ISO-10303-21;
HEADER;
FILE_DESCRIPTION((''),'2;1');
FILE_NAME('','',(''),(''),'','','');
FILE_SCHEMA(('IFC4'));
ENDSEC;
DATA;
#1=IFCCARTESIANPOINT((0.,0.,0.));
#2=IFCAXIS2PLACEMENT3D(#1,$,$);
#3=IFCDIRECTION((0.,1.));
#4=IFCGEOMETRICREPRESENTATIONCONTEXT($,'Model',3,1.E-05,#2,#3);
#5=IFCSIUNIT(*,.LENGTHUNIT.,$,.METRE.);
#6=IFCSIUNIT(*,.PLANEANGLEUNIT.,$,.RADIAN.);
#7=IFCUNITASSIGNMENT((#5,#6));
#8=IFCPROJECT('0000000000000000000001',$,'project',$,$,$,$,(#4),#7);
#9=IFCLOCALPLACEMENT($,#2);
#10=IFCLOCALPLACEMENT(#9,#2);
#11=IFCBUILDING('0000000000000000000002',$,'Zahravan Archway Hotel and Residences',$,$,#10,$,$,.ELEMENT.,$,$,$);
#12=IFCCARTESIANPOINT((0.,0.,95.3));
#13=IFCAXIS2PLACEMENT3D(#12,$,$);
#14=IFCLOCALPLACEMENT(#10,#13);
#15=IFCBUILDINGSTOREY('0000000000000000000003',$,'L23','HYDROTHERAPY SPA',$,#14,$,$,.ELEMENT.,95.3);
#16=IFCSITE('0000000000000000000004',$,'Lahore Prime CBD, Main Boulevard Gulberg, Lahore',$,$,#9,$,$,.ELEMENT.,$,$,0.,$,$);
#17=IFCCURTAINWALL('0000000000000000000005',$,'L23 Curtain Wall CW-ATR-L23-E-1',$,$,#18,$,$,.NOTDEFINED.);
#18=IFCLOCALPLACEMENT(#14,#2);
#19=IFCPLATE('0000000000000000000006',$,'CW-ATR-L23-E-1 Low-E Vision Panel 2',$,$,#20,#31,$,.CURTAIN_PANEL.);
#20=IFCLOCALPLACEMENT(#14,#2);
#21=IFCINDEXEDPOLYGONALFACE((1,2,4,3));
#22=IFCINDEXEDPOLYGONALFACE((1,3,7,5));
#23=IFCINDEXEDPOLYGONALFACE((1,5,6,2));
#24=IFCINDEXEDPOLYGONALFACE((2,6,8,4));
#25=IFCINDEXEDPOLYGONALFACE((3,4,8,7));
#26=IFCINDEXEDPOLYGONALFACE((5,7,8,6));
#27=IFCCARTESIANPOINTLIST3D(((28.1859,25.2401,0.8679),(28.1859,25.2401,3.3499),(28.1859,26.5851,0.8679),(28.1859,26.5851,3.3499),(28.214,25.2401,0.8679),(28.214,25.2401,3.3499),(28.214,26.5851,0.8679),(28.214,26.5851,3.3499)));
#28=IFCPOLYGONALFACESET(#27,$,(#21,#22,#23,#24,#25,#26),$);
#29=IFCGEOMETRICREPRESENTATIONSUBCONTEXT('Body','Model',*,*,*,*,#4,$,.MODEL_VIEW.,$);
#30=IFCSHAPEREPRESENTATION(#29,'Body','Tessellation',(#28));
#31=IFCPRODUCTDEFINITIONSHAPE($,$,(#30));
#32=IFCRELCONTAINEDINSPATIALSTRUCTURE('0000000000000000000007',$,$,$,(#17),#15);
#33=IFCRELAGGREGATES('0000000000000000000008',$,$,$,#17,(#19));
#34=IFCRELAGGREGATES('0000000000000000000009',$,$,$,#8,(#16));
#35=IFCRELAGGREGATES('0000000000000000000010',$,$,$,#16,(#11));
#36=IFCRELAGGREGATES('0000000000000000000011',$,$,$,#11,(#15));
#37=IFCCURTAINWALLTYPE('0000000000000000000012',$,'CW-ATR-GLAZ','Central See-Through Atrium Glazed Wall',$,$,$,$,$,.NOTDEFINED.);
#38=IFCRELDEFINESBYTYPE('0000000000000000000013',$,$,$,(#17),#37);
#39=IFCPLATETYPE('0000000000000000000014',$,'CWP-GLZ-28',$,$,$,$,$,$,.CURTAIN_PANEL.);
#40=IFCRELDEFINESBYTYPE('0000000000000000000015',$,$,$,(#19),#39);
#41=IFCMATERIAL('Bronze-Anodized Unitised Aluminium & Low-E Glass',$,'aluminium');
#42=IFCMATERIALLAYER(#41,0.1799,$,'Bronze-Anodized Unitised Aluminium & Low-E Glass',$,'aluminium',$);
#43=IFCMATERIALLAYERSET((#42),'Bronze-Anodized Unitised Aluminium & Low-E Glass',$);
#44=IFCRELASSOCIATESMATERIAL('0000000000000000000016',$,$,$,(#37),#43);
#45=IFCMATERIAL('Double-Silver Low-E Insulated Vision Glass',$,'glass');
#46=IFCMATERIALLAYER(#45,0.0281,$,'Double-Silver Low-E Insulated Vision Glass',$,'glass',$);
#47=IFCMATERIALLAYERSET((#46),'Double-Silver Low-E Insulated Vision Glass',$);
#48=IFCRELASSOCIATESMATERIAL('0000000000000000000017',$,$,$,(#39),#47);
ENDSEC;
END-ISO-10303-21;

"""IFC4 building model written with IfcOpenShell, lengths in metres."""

from ifc_helpers import new_model, si_unit, direction, frame, origin, origin_2d, place, context, subcontext, project, spatial, rectangle, extrude, source, transform, mapped, material, layer, layer_set, type_object, element, aggregate, save


model = new_model("IFC4")

# Units and contexts
model_context = context("Model", 3, precision=1e-05, world=origin(), true_north=direction((0.0, 1.0)))
body_context = subcontext(model_context, "Body", "Model", "MODEL_VIEW")
ifc_project = project(units=[si_unit("LENGTHUNIT", "METRE"), si_unit("PLANEANGLEUNIT", "RADIAN")], contexts=[model_context])

# Site, building, storey
site_placement = place(None, origin())
site = spatial("IfcSite", under=ifc_project, at=site_placement, Name="Lahore Prime CBD, Main Boulevard Gulberg, Lahore", CompositionType="ELEMENT", RefElevation=0.0)
building_placement = place(site_placement, origin())
building = spatial("IfcBuilding", under=site, at=building_placement, Name="Zahravan Archway Hotel and Residences", CompositionType="ELEMENT")
storey_placement = place(building_placement, frame((0.0, 0.0, 95.3)))
storey = spatial("IfcBuildingStorey", under=building, at=storey_placement, Name="L23", Description="HYDROTHERAPY SPA", CompositionType="ELEMENT", Elevation=95.3)

# Shared definitions
ifc_material_1 = material(Name="Bronze-Anodized Unitised Aluminium & Low-E Glass", Category="aluminium")
ifc_layer_1 = layer(ifc_material_1, 0.1799, Name="Bronze-Anodized Unitised Aluminium & Low-E Glass", Category="aluminium")
ifc_layer_set_1 = layer_set([ifc_layer_1], Name="Bronze-Anodized Unitised Aluminium & Low-E Glass")
curtain_wall_type = type_object("IfcCurtainWallType", Name="CW-ATR-GLAZ", Description="Central See-Through Atrium Glazed Wall", PredefinedType="NOTDEFINED", material=ifc_layer_set_1)

# Curtain wall
curtain_wall_1_placement = place(storey_placement, origin())
curtain_wall_1 = element("IfcCurtainWall", 1, at=curtain_wall_1_placement, inside=storey, type_object=curtain_wall_type, Name="L23 Curtain Wall CW-ATR-L23-E-1", PredefinedType="NOTDEFINED")

# Plate
ifc_material_2 = material(Name="Double-Silver Low-E Insulated Vision Glass", Category="glass")
ifc_layer_2 = layer(ifc_material_2, 0.0281, Name="Double-Silver Low-E Insulated Vision Glass", Category="glass")
ifc_layer_set_2 = layer_set([ifc_layer_2], Name="Double-Silver Low-E Insulated Vision Glass")
plate_type_1 = type_object("IfcPlateType", Name="CWP-GLZ-28", PredefinedType="CURTAIN_PANEL", material=ifc_layer_set_2)
shared_shape_1 = source(origin(), body_context, "Body", "SweptSolid", [
    extrude(rectangle(XDim=1.345, YDim=0.0281, at=origin_2d()), origin(), (0.0, 0.0, 1.0), 2.4819),
])
plate_1_placement = place(storey_placement, frame((28.2, 25.9126, 0.8679), z_axis=(0.0, 0.0, 1.0), x_axis=(0.0, 1.0, 0.0)))
plate_1 = element("IfcPlate", 2, at=plate_1_placement, type_object=plate_type_1, Name="CW-ATR-L23-E-1 Low-E Vision Panel 2", PredefinedType="CURTAIN_PANEL", context=body_context, shape_type="MappedRepresentation", body=[
    mapped(shared_shape_1, transform((0.0, 0.0, 0.0), scale=1.0)),
])
aggregate(curtain_wall_1, [plate_1])

save(model, "model.ifc")
